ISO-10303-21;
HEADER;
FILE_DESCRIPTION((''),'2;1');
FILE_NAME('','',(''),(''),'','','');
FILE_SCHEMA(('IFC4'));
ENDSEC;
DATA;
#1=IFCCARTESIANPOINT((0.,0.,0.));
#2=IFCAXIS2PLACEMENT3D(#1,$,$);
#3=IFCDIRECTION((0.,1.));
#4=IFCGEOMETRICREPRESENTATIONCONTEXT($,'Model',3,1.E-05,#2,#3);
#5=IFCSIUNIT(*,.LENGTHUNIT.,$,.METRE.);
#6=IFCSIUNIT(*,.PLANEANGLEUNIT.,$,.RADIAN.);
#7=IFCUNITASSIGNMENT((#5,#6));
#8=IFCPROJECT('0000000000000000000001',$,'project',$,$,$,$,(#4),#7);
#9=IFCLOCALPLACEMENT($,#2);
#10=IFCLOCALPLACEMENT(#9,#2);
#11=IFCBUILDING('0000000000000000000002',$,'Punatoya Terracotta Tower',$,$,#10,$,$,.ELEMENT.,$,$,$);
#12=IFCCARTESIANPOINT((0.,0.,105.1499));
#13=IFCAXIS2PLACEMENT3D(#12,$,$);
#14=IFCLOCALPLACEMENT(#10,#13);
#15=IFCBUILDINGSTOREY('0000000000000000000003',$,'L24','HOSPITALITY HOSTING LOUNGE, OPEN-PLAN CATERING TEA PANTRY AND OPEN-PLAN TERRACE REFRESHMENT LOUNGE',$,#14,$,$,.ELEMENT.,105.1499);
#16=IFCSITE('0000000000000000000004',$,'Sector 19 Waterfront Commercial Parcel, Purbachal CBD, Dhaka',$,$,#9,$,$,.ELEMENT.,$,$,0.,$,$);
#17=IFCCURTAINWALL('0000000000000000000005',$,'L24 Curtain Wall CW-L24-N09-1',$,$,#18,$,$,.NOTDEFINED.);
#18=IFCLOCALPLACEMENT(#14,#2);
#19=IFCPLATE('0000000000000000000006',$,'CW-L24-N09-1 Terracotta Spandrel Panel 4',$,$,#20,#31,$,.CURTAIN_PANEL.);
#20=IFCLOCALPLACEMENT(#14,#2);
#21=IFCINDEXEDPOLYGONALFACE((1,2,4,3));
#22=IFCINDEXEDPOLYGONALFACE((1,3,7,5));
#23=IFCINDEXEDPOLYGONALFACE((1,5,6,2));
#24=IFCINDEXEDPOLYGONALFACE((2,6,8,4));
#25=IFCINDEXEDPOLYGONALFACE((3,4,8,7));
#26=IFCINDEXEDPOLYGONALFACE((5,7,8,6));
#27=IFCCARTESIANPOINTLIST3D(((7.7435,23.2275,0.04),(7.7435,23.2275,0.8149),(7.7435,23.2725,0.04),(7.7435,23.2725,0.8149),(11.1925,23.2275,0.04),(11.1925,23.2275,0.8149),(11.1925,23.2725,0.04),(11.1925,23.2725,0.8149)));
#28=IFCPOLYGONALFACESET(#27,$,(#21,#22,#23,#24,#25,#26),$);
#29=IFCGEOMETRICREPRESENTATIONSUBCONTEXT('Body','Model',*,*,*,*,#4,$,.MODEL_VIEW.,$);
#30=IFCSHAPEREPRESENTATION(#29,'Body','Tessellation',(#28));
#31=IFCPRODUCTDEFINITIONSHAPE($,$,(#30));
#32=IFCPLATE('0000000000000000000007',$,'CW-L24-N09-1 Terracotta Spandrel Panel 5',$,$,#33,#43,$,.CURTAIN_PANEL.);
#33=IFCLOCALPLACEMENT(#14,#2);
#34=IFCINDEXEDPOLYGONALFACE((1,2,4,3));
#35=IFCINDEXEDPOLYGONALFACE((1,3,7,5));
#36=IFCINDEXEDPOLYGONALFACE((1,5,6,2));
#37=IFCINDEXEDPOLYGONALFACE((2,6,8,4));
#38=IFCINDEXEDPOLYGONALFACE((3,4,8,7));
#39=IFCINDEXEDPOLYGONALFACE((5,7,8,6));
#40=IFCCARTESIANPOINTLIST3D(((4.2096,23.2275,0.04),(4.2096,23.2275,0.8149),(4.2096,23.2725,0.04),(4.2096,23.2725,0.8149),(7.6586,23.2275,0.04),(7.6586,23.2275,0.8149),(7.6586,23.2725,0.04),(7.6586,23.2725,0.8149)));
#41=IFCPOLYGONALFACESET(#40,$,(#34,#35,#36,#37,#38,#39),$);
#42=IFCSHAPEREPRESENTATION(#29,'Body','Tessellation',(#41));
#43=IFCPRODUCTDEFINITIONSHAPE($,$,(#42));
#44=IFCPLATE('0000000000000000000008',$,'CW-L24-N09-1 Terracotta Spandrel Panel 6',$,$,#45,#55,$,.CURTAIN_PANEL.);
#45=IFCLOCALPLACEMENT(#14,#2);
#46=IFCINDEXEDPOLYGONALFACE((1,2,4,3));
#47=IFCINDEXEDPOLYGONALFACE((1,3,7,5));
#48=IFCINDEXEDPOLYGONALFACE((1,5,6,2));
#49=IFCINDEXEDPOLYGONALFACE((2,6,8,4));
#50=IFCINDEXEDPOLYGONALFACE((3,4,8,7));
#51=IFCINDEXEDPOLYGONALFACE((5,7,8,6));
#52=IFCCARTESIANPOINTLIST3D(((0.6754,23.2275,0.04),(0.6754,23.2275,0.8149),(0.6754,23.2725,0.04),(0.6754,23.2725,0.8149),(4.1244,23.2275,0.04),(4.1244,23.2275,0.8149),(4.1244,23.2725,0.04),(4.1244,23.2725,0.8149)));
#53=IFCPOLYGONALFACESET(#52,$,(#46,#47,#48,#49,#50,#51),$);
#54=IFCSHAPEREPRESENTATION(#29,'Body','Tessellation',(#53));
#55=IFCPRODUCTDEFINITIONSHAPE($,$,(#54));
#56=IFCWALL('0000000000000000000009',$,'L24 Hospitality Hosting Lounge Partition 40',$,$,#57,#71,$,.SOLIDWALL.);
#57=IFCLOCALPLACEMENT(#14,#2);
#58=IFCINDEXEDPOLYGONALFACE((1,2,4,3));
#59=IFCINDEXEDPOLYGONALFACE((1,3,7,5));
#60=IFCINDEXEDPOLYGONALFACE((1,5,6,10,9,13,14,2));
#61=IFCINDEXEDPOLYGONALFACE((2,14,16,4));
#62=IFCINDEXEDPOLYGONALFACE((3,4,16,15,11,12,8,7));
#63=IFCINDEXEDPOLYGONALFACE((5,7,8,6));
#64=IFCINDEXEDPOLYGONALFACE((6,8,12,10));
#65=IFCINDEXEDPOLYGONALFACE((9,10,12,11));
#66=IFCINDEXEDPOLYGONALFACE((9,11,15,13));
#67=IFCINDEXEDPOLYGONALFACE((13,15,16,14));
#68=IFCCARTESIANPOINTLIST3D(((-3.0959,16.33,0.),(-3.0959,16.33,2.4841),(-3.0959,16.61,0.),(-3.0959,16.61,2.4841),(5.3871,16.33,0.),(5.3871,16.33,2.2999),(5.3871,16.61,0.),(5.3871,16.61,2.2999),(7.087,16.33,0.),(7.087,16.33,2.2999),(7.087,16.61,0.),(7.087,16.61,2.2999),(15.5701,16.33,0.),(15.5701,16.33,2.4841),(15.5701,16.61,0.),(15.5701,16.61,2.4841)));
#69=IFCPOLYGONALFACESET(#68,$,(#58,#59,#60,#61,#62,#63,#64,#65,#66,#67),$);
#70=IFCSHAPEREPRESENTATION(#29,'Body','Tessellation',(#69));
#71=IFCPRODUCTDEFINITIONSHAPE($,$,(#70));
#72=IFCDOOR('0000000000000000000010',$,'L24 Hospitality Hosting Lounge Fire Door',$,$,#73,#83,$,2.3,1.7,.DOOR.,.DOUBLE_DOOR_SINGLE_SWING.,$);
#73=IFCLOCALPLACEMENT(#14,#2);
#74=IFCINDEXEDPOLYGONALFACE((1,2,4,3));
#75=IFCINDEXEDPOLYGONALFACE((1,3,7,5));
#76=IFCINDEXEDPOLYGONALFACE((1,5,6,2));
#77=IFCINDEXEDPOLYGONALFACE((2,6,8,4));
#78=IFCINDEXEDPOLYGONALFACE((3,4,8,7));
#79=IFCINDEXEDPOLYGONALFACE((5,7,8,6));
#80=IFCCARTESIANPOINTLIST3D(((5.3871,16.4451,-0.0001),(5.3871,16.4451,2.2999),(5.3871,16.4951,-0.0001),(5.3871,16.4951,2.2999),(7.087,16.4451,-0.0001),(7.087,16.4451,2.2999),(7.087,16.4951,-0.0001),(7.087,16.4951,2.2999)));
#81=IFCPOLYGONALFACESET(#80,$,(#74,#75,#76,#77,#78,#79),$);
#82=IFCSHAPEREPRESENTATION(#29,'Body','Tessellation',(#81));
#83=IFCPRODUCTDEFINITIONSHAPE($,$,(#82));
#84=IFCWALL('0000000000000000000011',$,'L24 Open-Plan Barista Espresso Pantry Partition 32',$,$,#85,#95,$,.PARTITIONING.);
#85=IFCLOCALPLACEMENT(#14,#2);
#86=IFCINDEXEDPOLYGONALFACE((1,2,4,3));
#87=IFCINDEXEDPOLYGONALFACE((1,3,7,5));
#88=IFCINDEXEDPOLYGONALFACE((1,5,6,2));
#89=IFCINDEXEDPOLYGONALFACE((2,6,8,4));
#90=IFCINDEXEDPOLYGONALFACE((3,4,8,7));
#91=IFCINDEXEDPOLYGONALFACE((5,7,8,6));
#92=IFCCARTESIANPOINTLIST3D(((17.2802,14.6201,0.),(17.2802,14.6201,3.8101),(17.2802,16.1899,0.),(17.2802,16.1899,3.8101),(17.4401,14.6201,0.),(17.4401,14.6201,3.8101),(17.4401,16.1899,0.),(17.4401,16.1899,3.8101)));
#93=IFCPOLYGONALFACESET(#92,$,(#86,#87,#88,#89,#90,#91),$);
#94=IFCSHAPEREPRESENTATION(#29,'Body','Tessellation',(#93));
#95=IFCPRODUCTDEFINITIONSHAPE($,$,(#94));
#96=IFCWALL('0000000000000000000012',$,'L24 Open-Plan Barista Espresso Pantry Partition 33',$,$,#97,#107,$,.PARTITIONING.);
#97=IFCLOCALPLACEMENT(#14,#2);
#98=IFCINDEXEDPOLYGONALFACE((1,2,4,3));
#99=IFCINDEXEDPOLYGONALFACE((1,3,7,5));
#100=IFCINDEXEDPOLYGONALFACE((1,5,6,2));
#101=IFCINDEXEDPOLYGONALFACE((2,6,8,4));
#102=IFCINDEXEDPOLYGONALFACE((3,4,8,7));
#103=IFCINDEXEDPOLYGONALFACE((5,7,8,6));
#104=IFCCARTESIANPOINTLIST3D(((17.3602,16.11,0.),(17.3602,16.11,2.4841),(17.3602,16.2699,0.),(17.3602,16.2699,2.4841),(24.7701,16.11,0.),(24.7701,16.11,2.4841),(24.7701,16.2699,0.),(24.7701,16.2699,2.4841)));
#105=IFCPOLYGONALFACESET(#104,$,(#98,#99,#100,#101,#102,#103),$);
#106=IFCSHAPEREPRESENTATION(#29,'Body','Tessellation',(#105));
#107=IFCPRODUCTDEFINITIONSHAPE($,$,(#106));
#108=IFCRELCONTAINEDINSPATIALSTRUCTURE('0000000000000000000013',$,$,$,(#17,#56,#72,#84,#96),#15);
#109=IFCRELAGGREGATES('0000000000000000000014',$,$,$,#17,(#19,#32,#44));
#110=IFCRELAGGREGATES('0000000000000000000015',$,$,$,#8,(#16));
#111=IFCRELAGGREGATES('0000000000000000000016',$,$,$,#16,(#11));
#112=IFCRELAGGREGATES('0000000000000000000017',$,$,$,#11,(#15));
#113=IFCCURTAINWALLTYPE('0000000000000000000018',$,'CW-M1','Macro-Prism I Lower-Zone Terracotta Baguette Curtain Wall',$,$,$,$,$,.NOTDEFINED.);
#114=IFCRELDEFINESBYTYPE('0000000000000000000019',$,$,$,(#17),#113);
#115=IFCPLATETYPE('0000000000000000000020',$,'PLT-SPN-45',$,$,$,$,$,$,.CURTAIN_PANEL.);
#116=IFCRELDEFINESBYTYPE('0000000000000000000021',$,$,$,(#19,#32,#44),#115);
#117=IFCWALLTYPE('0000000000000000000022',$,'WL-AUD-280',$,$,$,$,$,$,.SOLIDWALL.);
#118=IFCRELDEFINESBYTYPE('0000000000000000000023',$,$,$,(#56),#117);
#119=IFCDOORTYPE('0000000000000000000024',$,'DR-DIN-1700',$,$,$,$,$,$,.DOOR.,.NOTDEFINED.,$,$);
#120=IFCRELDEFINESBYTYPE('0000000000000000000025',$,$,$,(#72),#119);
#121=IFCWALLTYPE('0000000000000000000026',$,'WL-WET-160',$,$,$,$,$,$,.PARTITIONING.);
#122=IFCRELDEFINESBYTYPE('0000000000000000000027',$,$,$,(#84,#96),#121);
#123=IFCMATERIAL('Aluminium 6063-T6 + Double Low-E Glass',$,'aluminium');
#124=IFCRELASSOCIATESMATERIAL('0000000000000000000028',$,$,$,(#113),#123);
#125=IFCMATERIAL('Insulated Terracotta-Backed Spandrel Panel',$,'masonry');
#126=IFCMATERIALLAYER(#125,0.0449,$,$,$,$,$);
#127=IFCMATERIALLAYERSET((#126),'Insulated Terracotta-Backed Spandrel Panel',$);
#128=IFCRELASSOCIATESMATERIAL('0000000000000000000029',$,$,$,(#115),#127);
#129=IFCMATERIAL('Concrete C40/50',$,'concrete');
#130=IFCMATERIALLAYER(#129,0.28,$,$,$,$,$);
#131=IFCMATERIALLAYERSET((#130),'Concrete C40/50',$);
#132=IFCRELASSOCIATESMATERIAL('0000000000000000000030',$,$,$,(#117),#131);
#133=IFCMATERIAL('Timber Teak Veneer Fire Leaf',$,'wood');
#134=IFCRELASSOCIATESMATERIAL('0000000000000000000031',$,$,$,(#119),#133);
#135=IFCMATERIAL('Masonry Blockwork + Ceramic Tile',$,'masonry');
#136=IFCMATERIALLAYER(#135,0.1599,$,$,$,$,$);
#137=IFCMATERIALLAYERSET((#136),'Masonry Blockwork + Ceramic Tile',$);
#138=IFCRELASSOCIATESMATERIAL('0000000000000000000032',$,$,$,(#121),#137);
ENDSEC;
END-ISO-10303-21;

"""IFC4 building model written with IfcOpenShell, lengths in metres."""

from ifc_helpers import new_model, si_unit, direction, frame, frame_2d, origin, origin_2d, place, context, subcontext, project, spatial, rectangle, extrude, material, layer, layer_set, type_object, element, fill, aggregate, save


model = new_model("IFC4")

# Units and contexts
model_context = context("Model", 3, precision=1e-05, world=origin(), true_north=direction((0.0, 1.0)))
body_context = subcontext(model_context, "Body", "Model", "MODEL_VIEW")
ifc_project = project(units=[si_unit("LENGTHUNIT", "METRE"), si_unit("PLANEANGLEUNIT", "RADIAN")], contexts=[model_context])

# Site, building, storey
site_placement = place(None, origin())
site = spatial("IfcSite", under=ifc_project, at=site_placement, Name="Sector 19 Waterfront Commercial Parcel, Purbachal CBD, Dhaka", CompositionType="ELEMENT", RefElevation=0.0)
building_placement = place(site_placement, origin())
building = spatial("IfcBuilding", under=site, at=building_placement, Name="Punatoya Terracotta Tower", CompositionType="ELEMENT")
storey_placement = place(building_placement, frame((0.0, 0.0, 105.1499)))
storey = spatial("IfcBuildingStorey", under=building, at=storey_placement, Name="L24", Description="HOSPITALITY HOSTING LOUNGE, OPEN-PLAN CATERING TEA PANTRY AND OPEN-PLAN TERRACE REFRESHMENT LOUNGE", CompositionType="ELEMENT", Elevation=105.1499)

# Curtain wall, plates
ifc_material_1 = material(Name="Aluminium 6063-T6 + Double Low-E Glass", Category="aluminium")
curtain_wall_type = type_object("IfcCurtainWallType", Name="CW-M1", Description="Macro-Prism I Lower-Zone Terracotta Baguette Curtain Wall", PredefinedType="NOTDEFINED", material=ifc_material_1)
curtain_wall_placement = place(storey_placement, origin())
curtain_wall = element("IfcCurtainWall", 1, at=curtain_wall_placement, inside=storey, type_object=curtain_wall_type, Name="L24 Curtain Wall CW-L24-N09-1", PredefinedType="NOTDEFINED")
ifc_material_2 = material(Name="Insulated Terracotta-Backed Spandrel Panel", Category="masonry")
ifc_layer_1 = layer(ifc_material_2, 0.0449)
ifc_layer_set_1 = layer_set([ifc_layer_1], Name="Insulated Terracotta-Backed Spandrel Panel")
plate_type_1 = type_object("IfcPlateType", Name="PLT-SPN-45", PredefinedType="CURTAIN_PANEL", material=ifc_layer_set_1)
plate_1_placement = place(storey_placement, frame((9.468, 23.25, 0.04), z_axis=(0.0, 0.0, 1.0), x_axis=(-1.0, 0.0, 0.0)))
plate_1 = element("IfcPlate", 2, at=plate_1_placement, type_object=plate_type_1, Name="CW-L24-N09-1 Terracotta Spandrel Panel 4", PredefinedType="CURTAIN_PANEL", context=body_context, shape_type="SweptSolid", body=[
    extrude(rectangle(XDim=3.449, YDim=0.0449, at=origin_2d()), origin(), (0.0, 0.0, 1.0), 0.7749),
])
plate_2_placement = place(storey_placement, frame((5.9341, 23.25, 0.04), z_axis=(0.0, 0.0, 1.0), x_axis=(-1.0, 0.0, 0.0)))
plate_2 = element("IfcPlate", 3, at=plate_2_placement, type_object=plate_type_1, Name="CW-L24-N09-1 Terracotta Spandrel Panel 5", PredefinedType="CURTAIN_PANEL", context=body_context, shape_type="SweptSolid", body=[
    extrude(rectangle(XDim=3.449, YDim=0.0449, at=origin_2d()), origin(), (0.0, 0.0, 1.0), 0.7749),
])
plate_3_placement = place(storey_placement, frame((2.3999, 23.25, 0.04), z_axis=(0.0, 0.0, 1.0), x_axis=(-1.0, 0.0, 0.0)))
plate_3 = element("IfcPlate", 4, at=plate_3_placement, type_object=plate_type_1, Name="CW-L24-N09-1 Terracotta Spandrel Panel 6", PredefinedType="CURTAIN_PANEL", context=body_context, shape_type="SweptSolid", body=[
    extrude(rectangle(XDim=3.449, YDim=0.0449, at=origin_2d()), origin(), (0.0, 0.0, 1.0), 0.7749),
])
aggregate(curtain_wall, [plate_1, plate_2, plate_3])

# Wall, opening, door
ifc_material_3 = material(Name="Concrete C40/50", Category="concrete")
ifc_layer_2 = layer(ifc_material_3, 0.28)
ifc_layer_set_2 = layer_set([ifc_layer_2], Name="Concrete C40/50")
wall_type_1 = type_object("IfcWallType", Name="WL-AUD-280", PredefinedType="SOLIDWALL", material=ifc_layer_set_2)
wall_1_placement = place(storey_placement, frame((15.5701, 16.47, 0.0), z_axis=(0.0, 0.0, 1.0), x_axis=(-1.0, 0.0, 0.0)))
wall_1 = element("IfcWall", 5, at=wall_1_placement, inside=storey, type_object=wall_type_1, Name="L24 Hospitality Hosting Lounge Partition 40", PredefinedType="SOLIDWALL", context=body_context, shape_type="SweptSolid", body=[
    extrude(rectangle(XDim=18.666, YDim=0.28, at=frame_2d((9.333, 0.0))), origin(), (0.0, 0.0, 1.0), 2.4841),
])
opening_placement = place(wall_1_placement, frame((8.4829, 0.0, 0.0)))
opening = element("IfcOpeningElement", 6, at=opening_placement, cuts=wall_1, PredefinedType="OPENING", context=body_context, shape_type="SweptSolid", body=[
    extrude(rectangle(XDim=1.7, YDim=2.3, at=frame_2d((0.8501, 1.1499))), frame((0.0, 0.1499, 0.0), z_axis=(0.0, -1.0, 0.0), x_axis=(1.0, 0.0, 0.0)), (0.0, 0.0, 1.0), 0.3),
])
ifc_material_4 = material(Name="Timber Teak Veneer Fire Leaf", Category="wood")
door_type = type_object("IfcDoorType", Name="DR-DIN-1700", OperationType="NOTDEFINED", PredefinedType="DOOR", material=ifc_material_4)
door_placement = place(opening_placement, origin())
door = element("IfcDoor", 7, at=door_placement, inside=storey, type_object=door_type, Name="L24 Hospitality Hosting Lounge Fire Door", OperationType="DOUBLE_DOOR_SINGLE_SWING", OverallHeight=2.3, OverallWidth=1.7, PredefinedType="DOOR", context=body_context, shape_type="SweptSolid", body=[
    extrude(rectangle(XDim=1.7, YDim=2.3, at=frame_2d((0.8501, 1.1499))), frame((0.0, 0.0249, 0.0), z_axis=(0.0, -1.0, 0.0), x_axis=(1.0, 0.0, 0.0)), (0.0, 0.0, 1.0), 0.05),
])
fill(opening, door)

# Walls
ifc_material_5 = material(Name="Masonry Blockwork + Ceramic Tile", Category="masonry")
ifc_layer_3 = layer(ifc_material_5, 0.1599)
ifc_layer_set_3 = layer_set([ifc_layer_3], Name="Masonry Blockwork + Ceramic Tile")
wall_type_2 = type_object("IfcWallType", Name="WL-WET-160", PredefinedType="PARTITIONING", material=ifc_layer_set_3)
wall_2_placement = place(storey_placement, frame((17.3601, 14.6201, 0.0), z_axis=(0.0, 0.0, 1.0), x_axis=(0.0, 1.0, 0.0)))
element("IfcWall", 8, at=wall_2_placement, inside=storey, type_object=wall_type_2, Name="L24 Open-Plan Barista Espresso Pantry Partition 32", PredefinedType="PARTITIONING", context=body_context, shape_type="SweptSolid", body=[
    extrude(rectangle(XDim=1.5698, YDim=0.1599, at=frame_2d((0.7849, 0.0))), origin(), (0.0, 0.0, 1.0), 3.8101),
])
wall_3_placement = place(storey_placement, frame((17.3601, 16.1899, 0.0), z_axis=(0.0, 0.0, 1.0), x_axis=(1.0, 0.0, 0.0)))
element("IfcWall", 9, at=wall_3_placement, inside=storey, type_object=wall_type_2, Name="L24 Open-Plan Barista Espresso Pantry Partition 33", PredefinedType="PARTITIONING", context=body_context, shape_type="SweptSolid", body=[
    extrude(rectangle(XDim=7.4099, YDim=0.1599, at=frame_2d((3.7051, 0.0))), origin(), (0.0, 0.0, 1.0), 2.4841),
])

save(model, "model.ifc")
